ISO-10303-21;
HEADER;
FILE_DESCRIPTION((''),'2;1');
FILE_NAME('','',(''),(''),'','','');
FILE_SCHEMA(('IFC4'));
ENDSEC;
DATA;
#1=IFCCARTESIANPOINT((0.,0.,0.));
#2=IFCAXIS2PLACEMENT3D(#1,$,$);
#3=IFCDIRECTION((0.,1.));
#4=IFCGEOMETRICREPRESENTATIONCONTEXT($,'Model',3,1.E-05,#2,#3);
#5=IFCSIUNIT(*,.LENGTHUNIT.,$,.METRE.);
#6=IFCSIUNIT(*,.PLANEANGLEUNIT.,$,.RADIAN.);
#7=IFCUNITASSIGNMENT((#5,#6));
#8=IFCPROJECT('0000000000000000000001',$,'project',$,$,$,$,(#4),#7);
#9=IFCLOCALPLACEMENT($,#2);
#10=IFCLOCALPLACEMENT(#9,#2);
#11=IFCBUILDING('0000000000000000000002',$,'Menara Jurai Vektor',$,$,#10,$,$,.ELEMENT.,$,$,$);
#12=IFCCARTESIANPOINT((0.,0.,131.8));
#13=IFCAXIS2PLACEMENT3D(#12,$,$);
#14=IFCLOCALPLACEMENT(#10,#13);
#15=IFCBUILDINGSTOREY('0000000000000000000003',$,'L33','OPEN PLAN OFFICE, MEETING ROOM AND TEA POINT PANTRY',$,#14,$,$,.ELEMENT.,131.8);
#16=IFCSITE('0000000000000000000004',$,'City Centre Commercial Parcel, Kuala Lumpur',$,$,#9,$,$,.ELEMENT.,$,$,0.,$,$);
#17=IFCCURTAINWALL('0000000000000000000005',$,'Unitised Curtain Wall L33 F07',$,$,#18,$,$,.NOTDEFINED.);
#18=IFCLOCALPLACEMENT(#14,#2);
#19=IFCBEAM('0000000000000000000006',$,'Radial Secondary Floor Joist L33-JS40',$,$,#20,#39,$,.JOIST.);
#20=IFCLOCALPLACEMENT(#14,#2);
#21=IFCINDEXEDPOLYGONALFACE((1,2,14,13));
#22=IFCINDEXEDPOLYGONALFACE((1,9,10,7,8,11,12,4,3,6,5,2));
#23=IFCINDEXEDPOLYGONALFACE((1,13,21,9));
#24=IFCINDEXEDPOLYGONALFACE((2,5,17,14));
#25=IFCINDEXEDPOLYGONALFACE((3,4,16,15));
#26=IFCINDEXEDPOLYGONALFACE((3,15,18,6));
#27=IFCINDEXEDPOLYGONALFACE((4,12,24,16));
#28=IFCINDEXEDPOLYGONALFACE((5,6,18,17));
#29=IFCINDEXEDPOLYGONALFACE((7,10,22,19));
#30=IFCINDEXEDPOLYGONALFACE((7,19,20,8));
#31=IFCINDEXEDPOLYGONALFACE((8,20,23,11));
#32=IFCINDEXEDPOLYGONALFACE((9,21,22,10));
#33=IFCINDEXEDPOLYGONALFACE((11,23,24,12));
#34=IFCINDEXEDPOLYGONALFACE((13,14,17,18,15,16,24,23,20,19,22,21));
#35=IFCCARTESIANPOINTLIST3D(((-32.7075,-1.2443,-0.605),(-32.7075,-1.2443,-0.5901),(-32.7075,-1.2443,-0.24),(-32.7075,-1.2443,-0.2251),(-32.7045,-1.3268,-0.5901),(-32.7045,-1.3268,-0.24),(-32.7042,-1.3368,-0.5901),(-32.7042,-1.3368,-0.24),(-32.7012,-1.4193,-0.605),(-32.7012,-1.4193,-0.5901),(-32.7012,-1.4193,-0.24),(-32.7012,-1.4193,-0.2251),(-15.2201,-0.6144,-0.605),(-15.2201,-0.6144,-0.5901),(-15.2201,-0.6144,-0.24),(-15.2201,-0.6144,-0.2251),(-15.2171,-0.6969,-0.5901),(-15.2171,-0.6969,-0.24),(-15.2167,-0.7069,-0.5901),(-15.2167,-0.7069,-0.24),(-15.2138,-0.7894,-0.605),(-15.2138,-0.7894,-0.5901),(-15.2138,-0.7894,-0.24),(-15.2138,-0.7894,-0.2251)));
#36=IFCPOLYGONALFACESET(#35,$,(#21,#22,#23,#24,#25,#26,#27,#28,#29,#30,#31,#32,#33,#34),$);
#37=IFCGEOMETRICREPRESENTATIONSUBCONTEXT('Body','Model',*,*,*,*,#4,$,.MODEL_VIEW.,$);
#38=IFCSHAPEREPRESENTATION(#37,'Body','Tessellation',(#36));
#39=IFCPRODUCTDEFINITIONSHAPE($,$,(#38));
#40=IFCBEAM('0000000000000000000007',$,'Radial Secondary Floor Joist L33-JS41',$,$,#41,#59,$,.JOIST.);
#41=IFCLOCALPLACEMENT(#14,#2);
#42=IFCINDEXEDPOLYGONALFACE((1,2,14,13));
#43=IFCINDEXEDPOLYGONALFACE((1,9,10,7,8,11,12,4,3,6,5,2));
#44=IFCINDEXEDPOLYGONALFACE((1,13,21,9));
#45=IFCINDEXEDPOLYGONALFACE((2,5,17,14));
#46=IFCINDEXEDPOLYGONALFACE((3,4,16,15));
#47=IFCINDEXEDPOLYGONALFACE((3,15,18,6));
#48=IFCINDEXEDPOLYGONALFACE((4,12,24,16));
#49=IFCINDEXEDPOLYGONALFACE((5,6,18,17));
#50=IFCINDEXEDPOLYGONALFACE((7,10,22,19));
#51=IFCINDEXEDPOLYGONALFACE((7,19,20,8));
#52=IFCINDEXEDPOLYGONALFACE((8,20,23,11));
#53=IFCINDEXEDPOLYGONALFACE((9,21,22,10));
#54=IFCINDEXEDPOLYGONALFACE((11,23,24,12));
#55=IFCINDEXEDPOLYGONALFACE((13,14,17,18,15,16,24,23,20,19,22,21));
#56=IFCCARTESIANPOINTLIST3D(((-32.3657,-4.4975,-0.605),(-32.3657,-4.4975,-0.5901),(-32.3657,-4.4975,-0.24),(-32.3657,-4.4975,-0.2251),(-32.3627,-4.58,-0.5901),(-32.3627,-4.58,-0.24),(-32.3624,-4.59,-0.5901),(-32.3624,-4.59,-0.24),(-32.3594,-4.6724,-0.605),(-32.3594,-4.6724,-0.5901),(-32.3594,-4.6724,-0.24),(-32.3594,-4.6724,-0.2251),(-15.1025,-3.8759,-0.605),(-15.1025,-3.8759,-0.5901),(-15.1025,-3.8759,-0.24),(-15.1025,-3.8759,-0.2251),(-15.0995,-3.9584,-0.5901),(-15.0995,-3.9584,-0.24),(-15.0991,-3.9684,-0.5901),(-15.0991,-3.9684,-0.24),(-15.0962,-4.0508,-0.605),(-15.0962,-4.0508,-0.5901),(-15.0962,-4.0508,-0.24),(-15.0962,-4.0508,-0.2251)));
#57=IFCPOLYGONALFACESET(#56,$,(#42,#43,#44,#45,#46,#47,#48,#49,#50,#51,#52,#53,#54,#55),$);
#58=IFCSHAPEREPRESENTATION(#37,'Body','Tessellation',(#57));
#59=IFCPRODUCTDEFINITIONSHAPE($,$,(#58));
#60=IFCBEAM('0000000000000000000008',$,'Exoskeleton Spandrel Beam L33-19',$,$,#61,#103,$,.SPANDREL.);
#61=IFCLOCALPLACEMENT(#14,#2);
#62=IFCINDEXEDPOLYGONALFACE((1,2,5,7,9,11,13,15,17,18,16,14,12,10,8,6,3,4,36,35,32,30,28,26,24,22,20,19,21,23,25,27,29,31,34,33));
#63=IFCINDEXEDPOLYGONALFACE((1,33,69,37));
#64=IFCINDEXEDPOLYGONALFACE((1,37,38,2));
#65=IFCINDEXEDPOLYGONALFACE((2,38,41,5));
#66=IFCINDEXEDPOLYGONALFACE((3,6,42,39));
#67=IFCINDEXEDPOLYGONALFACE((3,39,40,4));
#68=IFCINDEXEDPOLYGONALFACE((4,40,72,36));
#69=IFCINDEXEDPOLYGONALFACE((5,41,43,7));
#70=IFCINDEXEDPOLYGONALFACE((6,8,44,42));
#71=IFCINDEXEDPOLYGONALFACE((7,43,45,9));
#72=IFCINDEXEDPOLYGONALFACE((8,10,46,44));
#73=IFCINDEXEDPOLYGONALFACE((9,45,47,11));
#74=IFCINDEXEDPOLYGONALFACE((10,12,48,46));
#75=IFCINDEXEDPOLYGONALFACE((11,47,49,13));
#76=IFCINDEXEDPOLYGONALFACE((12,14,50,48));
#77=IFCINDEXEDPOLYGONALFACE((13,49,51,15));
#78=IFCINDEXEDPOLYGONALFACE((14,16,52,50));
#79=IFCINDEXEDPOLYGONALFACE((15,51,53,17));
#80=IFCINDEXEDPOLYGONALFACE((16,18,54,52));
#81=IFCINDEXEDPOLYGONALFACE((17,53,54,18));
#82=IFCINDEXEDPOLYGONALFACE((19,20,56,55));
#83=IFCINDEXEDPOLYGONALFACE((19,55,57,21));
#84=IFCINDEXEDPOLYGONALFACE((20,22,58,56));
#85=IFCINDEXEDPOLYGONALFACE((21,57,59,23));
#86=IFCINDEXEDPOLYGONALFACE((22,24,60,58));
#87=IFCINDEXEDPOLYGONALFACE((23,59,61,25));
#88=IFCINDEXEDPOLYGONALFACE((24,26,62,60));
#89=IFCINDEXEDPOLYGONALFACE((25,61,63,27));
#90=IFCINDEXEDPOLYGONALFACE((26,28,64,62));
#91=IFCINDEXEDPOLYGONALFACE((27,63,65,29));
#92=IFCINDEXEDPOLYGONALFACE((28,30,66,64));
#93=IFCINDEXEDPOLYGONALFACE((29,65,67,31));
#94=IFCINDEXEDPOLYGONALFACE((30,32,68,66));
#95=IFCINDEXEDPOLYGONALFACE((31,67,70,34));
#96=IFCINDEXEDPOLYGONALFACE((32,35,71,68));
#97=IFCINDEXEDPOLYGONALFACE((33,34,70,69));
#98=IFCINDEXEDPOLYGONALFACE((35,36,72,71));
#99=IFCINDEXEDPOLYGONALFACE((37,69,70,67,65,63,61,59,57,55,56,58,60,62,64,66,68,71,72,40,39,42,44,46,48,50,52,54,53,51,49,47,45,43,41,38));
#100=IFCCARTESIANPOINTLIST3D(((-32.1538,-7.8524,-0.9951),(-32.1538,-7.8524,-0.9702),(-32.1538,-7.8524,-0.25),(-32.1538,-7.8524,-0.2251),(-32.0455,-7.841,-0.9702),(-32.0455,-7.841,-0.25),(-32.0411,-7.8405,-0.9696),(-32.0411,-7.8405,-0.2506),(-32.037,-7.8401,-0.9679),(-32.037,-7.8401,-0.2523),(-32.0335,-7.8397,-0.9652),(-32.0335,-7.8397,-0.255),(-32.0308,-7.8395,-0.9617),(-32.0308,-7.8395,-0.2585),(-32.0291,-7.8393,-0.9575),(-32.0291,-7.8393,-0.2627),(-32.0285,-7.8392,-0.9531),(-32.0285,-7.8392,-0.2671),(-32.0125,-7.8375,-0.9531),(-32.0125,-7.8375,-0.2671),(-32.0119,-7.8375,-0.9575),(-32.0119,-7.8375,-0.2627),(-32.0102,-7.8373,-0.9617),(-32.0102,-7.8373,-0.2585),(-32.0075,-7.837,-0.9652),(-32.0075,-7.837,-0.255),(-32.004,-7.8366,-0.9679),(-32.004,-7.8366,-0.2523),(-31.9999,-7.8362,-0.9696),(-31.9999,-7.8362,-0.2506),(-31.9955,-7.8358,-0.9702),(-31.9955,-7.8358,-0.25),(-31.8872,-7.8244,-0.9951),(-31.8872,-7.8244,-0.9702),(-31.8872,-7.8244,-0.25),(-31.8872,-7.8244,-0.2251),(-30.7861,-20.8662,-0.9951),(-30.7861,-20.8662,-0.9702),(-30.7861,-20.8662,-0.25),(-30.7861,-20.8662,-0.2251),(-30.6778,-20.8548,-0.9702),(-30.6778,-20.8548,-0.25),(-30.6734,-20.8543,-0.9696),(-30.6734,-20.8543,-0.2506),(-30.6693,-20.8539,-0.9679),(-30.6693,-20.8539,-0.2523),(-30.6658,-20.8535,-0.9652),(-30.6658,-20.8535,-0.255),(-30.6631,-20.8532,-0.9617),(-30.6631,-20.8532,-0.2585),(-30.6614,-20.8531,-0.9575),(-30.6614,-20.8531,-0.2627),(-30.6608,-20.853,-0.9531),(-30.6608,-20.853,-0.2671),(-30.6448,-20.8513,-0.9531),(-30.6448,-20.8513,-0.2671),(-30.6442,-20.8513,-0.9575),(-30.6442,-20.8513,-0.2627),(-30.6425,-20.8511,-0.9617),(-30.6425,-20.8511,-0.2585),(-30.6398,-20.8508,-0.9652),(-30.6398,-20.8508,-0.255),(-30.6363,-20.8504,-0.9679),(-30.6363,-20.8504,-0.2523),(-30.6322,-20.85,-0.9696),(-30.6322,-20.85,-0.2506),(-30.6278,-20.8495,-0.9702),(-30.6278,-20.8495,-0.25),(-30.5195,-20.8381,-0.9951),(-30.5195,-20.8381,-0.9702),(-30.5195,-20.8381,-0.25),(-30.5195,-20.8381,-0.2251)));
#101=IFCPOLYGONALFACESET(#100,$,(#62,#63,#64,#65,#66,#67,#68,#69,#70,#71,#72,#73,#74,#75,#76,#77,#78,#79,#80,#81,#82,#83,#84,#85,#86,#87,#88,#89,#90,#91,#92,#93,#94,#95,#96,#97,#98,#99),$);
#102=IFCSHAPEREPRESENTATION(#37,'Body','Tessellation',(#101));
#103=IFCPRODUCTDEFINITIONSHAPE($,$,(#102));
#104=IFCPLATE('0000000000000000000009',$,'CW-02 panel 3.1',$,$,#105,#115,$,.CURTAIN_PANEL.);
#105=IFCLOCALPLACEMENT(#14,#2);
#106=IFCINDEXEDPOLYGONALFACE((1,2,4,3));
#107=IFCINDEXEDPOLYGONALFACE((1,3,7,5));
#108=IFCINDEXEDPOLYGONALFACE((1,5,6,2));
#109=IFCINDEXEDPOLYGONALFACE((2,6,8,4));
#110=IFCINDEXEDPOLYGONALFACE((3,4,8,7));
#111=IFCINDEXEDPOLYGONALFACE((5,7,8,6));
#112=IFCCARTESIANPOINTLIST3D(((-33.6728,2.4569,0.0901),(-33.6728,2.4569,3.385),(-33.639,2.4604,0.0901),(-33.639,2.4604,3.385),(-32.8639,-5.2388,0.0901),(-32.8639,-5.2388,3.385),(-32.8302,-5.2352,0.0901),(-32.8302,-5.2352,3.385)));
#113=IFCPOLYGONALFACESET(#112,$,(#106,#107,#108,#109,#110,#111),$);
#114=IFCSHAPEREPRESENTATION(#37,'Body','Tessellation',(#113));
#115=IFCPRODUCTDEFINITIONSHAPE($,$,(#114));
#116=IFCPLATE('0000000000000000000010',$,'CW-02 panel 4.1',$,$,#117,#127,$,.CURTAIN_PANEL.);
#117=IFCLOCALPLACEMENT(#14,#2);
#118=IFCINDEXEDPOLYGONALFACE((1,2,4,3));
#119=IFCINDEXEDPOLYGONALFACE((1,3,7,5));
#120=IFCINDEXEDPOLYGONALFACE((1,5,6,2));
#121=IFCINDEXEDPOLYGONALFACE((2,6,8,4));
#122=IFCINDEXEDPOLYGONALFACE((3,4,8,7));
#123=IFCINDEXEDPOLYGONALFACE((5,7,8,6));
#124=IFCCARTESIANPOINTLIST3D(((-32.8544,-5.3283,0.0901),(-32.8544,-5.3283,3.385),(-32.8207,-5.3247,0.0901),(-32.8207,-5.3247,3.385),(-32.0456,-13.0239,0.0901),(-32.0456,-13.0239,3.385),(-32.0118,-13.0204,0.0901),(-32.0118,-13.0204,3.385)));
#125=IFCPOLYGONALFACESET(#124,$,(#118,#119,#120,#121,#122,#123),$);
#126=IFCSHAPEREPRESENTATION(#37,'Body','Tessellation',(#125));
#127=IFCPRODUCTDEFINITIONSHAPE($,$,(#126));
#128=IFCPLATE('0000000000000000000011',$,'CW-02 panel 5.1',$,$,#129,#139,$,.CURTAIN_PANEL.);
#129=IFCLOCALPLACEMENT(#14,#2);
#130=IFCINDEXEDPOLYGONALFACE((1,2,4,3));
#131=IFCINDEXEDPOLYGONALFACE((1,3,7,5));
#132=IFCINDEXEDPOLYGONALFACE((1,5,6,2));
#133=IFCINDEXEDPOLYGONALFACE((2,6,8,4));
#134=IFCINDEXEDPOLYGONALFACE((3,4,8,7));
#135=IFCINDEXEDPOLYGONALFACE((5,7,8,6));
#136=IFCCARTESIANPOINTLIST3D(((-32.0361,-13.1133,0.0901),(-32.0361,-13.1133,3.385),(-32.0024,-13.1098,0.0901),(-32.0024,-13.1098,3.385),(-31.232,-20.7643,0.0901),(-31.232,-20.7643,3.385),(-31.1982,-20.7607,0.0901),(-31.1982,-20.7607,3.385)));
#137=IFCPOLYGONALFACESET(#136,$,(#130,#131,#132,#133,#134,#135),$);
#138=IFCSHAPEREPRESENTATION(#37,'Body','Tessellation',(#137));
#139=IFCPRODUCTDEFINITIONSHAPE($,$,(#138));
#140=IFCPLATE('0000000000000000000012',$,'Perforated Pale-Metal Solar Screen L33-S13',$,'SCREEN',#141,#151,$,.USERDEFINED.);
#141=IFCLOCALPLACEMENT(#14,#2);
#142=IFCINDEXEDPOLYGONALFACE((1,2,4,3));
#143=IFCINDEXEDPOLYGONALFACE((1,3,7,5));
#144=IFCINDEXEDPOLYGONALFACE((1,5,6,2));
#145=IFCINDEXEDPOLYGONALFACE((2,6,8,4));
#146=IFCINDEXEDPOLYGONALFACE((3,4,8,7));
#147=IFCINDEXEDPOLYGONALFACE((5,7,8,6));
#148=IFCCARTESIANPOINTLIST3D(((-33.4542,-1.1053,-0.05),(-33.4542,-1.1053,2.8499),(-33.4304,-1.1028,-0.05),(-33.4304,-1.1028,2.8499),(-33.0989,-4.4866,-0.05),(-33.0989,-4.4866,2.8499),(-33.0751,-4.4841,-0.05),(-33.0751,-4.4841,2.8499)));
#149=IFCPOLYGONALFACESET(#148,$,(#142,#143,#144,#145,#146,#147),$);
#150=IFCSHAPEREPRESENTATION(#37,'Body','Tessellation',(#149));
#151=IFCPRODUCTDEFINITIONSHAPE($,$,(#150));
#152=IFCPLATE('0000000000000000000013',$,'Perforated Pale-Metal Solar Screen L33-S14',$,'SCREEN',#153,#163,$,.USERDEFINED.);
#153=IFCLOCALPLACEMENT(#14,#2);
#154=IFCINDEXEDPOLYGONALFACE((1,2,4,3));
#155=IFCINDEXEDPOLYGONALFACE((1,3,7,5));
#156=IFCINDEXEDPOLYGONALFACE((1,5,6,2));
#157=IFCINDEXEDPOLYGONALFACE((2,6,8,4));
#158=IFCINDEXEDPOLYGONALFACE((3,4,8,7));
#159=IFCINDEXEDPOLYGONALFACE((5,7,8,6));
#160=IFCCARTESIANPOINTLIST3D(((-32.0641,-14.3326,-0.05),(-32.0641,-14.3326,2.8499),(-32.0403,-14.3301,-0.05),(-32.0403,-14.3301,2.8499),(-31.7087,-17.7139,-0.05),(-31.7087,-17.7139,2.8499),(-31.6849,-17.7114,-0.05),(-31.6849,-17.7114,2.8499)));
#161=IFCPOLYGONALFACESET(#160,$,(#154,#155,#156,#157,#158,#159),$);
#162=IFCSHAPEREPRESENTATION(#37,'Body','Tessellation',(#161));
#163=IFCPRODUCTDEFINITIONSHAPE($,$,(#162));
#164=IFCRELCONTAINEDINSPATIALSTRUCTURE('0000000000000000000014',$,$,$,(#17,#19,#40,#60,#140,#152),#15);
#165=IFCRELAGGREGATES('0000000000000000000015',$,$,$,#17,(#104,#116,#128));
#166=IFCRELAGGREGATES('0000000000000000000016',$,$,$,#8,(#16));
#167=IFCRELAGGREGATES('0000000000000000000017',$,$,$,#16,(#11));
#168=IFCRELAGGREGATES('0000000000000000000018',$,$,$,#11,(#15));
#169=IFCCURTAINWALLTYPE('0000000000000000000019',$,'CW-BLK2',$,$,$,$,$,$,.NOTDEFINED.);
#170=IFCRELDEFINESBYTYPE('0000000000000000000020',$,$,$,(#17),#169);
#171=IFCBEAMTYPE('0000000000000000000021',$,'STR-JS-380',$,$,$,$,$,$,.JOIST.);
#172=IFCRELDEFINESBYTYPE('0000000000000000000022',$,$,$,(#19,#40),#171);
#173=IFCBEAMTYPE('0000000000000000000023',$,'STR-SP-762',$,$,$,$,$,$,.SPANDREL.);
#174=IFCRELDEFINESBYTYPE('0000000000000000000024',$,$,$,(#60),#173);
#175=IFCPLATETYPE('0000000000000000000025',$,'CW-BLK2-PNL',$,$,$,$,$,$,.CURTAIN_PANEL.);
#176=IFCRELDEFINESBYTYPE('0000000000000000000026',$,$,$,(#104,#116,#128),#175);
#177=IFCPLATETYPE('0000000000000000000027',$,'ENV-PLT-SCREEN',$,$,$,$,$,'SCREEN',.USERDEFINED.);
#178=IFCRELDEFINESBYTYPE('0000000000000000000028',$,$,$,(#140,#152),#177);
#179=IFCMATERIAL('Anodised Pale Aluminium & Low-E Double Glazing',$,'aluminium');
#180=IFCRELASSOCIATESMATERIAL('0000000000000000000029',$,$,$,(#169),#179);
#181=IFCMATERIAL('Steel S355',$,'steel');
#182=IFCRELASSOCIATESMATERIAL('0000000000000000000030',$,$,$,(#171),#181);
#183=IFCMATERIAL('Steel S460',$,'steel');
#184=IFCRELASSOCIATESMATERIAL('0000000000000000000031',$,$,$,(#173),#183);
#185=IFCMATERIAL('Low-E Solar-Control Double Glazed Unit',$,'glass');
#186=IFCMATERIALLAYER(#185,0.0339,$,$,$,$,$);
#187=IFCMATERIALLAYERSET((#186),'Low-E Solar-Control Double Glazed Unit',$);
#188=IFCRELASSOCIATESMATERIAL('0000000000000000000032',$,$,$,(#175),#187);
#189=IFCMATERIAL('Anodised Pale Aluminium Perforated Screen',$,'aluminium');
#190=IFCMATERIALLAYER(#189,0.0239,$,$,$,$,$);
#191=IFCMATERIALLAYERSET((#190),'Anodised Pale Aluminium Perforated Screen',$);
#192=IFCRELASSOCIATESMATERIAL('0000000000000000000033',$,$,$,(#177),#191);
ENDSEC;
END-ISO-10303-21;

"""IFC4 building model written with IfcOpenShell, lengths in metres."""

from ifc_helpers import new_model, si_unit, direction, frame, origin, origin_2d, place, context, subcontext, project, spatial, rectangle, i_section, extrude, material, layer, layer_set, material_profile, profile_set, type_object, element, aggregate, save


model = new_model("IFC4")

# Units and contexts
model_context = context("Model", 3, precision=1e-05, world=origin(), true_north=direction((0.0, 1.0)))
body_context = subcontext(model_context, "Body", "Model", "MODEL_VIEW")
ifc_project = project(units=[si_unit("LENGTHUNIT", "METRE"), si_unit("PLANEANGLEUNIT", "RADIAN")], contexts=[model_context])

# Site, building, storey
site_placement = place(None, origin())
site = spatial("IfcSite", under=ifc_project, at=site_placement, Name="City Centre Commercial Parcel, Kuala Lumpur", CompositionType="ELEMENT", RefElevation=0.0)
building_placement = place(site_placement, origin())
building = spatial("IfcBuilding", under=site, at=building_placement, Name="Menara Jurai Vektor", CompositionType="ELEMENT")
storey_placement = place(building_placement, frame((0.0, 0.0, 131.8)))
storey = spatial("IfcBuildingStorey", under=building, at=storey_placement, Name="L33", Description="OPEN PLAN OFFICE, MEETING ROOM AND TEA POINT PANTRY", CompositionType="ELEMENT", Elevation=131.8)

# Shared definitions
ifc_material_1 = material(Name="Steel S460", Category="steel")

# Curtain wall
ifc_material_2 = material(Name="Anodised Pale Aluminium & Low-E Double Glazing", Category="aluminium")
curtain_wall_type = type_object("IfcCurtainWallType", Name="CW-BLK2", PredefinedType="NOTDEFINED", material=ifc_material_2)
curtain_wall_placement = place(storey_placement, origin())
curtain_wall = element("IfcCurtainWall", 1, at=curtain_wall_placement, inside=storey, type_object=curtain_wall_type, Name="Unitised Curtain Wall L33 F07", PredefinedType="NOTDEFINED")

# Beams
ifc_material_3 = material(Name="Steel S355", Category="steel")
ifc_material_profile_1 = material_profile(ifc_material_3, i_section(OverallWidth=0.175, OverallDepth=0.3799, WebThickness=0.01, FlangeThickness=0.0149, at=origin_2d()), Name="PG 380x175x58")
ifc_profile_set_1 = profile_set([ifc_material_profile_1], Name="Steel S355")
beam_type_1 = type_object("IfcBeamType", Name="STR-JS-380", PredefinedType="JOIST", material=ifc_profile_set_1)
beam_1_placement = place(storey_placement, frame((-32.7043, -1.3318, -0.415), z_axis=(0.999352, 0.035996, 0.0), x_axis=(-0.035996, 0.999352, 0.0)))
element("IfcBeam", 2, at=beam_1_placement, inside=storey, type_object=beam_type_1, Name="Radial Secondary Floor Joist L33-JS40", PredefinedType="JOIST", context=body_context, shape_type="SweptSolid", body=[
    extrude(i_section(OverallWidth=0.175, OverallDepth=0.3799, WebThickness=0.01, FlangeThickness=0.0149, at=origin_2d()), origin(), (0.0, 0.0, 1.0), 17.4988),
])
beam_2_placement = place(storey_placement, frame((-32.3625, -4.585, -0.415), z_axis=(0.999352, 0.035983, 0.0), x_axis=(-0.035983, 0.999352, 0.0)))
element("IfcBeam", 3, at=beam_2_placement, inside=storey, type_object=beam_type_1, Name="Radial Secondary Floor Joist L33-JS41", PredefinedType="JOIST", context=body_context, shape_type="SweptSolid", body=[
    extrude(i_section(OverallWidth=0.175, OverallDepth=0.3799, WebThickness=0.01, FlangeThickness=0.0149, at=origin_2d()), origin(), (0.0, 0.0, 1.0), 17.2744),
])
ifc_material_profile_2 = material_profile(ifc_material_1, i_section(OverallWidth=0.2681, OverallDepth=0.77, WebThickness=0.0161, FlangeThickness=0.0249, FilletRadius=0.0171, at=origin_2d()), Name="UKB 762x267x197")
ifc_profile_set_2 = profile_set([ifc_material_profile_2], Name="Steel S460")
beam_type_2 = type_object("IfcBeamType", Name="STR-SP-762", PredefinedType="SPANDREL", material=ifc_profile_set_2)
beam_3_placement = place(storey_placement, frame((-32.0205, -7.8384, -0.6101), z_axis=(0.10452, -0.994523, 0.0), x_axis=(0.994523, 0.10452, 0.0)))
element("IfcBeam", 4, at=beam_3_placement, inside=storey, type_object=beam_type_2, Name="Exoskeleton Spandrel Beam L33-19", PredefinedType="SPANDREL", context=body_context, shape_type="SweptSolid", body=[
    extrude(i_section(OverallWidth=0.2681, OverallDepth=0.77, WebThickness=0.0161, FlangeThickness=0.0249, FilletRadius=0.0171, at=origin_2d()), origin(), (0.0, 0.0, 1.0), 13.0854),
])

# Plates
ifc_material_4 = material(Name="Low-E Solar-Control Double Glazed Unit", Category="glass")
ifc_layer_1 = layer(ifc_material_4, 0.0339)
ifc_layer_set_1 = layer_set([ifc_layer_1], Name="Low-E Solar-Control Double Glazed Unit")
plate_type_1 = type_object("IfcPlateType", Name="CW-BLK2-PNL", PredefinedType="CURTAIN_PANEL", material=ifc_layer_set_1)
plate_1_placement = place(storey_placement, frame((-33.2515, -1.3892, 0.0901), z_axis=(0.0, 0.0, 1.0), x_axis=(0.10453, -0.994522, 0.0)))
plate_1 = element("IfcPlate", 5, at=plate_1_placement, type_object=plate_type_1, Name="CW-02 panel 3.1", PredefinedType="CURTAIN_PANEL", context=body_context, shape_type="SweptSolid", body=[
    extrude(rectangle(XDim=7.738, YDim=0.0339, at=origin_2d()), origin(), (0.0, 0.0, 1.0), 3.2949),
])
plate_2_placement = place(storey_placement, frame((-32.4331, -9.1743, 0.0901), z_axis=(0.0, 0.0, 1.0), x_axis=(0.10453, -0.994522, 0.0)))
plate_2 = element("IfcPlate", 6, at=plate_2_placement, type_object=plate_type_1, Name="CW-02 panel 4.1", PredefinedType="CURTAIN_PANEL", context=body_context, shape_type="SweptSolid", body=[
    extrude(rectangle(XDim=7.738, YDim=0.0339, at=origin_2d()), origin(), (0.0, 0.0, 1.0), 3.2949),
])
plate_3_placement = place(storey_placement, frame((-31.6172, -16.937, 0.0901), z_axis=(0.0, 0.0, 1.0), x_axis=(0.10453, -0.994522, 0.0)))
plate_3 = element("IfcPlate", 7, at=plate_3_placement, type_object=plate_type_1, Name="CW-02 panel 5.1", PredefinedType="CURTAIN_PANEL", context=body_context, shape_type="SweptSolid", body=[
    extrude(rectangle(XDim=7.6931, YDim=0.0339, at=origin_2d()), origin(), (0.0, 0.0, 1.0), 3.2949),
])
aggregate(curtain_wall, [plate_1, plate_2, plate_3])

# Plates
ifc_material_5 = material(Name="Anodised Pale Aluminium Perforated Screen", Category="aluminium")
ifc_layer_2 = layer(ifc_material_5, 0.0239)
ifc_layer_set_2 = layer_set([ifc_layer_2], Name="Anodised Pale Aluminium Perforated Screen")
plate_type_2 = type_object("IfcPlateType", Name="ENV-PLT-SCREEN", ElementType="SCREEN", PredefinedType="USERDEFINED", material=ifc_layer_set_2)
for number, where, z_axis, x_axis, name in (
    (8, (-33.2646, -2.7947, -0.05), (0.0, 0.0, 1.0), (0.104528, -0.994522, 0.0), "Perforated Pale-Metal Solar Screen L33-S13"),
    (9, (-31.8745, -16.022, -0.05), (0.0, 0.0, 1.0), (0.104528, -0.994522, 0.0), "Perforated Pale-Metal Solar Screen L33-S14"),
):
    element("IfcPlate", number, at=place(storey_placement, frame(where, z_axis=z_axis, x_axis=x_axis)), inside=storey, type_object=plate_type_2, Name=name, ObjectType="SCREEN", PredefinedType="USERDEFINED", context=body_context, shape_type="SweptSolid", body=[
        extrude(rectangle(XDim=3.3999, YDim=0.0239, at=origin_2d()), origin(), (0.0, 0.0, 1.0), 2.8999),
    ])

save(model, "model.ifc")
